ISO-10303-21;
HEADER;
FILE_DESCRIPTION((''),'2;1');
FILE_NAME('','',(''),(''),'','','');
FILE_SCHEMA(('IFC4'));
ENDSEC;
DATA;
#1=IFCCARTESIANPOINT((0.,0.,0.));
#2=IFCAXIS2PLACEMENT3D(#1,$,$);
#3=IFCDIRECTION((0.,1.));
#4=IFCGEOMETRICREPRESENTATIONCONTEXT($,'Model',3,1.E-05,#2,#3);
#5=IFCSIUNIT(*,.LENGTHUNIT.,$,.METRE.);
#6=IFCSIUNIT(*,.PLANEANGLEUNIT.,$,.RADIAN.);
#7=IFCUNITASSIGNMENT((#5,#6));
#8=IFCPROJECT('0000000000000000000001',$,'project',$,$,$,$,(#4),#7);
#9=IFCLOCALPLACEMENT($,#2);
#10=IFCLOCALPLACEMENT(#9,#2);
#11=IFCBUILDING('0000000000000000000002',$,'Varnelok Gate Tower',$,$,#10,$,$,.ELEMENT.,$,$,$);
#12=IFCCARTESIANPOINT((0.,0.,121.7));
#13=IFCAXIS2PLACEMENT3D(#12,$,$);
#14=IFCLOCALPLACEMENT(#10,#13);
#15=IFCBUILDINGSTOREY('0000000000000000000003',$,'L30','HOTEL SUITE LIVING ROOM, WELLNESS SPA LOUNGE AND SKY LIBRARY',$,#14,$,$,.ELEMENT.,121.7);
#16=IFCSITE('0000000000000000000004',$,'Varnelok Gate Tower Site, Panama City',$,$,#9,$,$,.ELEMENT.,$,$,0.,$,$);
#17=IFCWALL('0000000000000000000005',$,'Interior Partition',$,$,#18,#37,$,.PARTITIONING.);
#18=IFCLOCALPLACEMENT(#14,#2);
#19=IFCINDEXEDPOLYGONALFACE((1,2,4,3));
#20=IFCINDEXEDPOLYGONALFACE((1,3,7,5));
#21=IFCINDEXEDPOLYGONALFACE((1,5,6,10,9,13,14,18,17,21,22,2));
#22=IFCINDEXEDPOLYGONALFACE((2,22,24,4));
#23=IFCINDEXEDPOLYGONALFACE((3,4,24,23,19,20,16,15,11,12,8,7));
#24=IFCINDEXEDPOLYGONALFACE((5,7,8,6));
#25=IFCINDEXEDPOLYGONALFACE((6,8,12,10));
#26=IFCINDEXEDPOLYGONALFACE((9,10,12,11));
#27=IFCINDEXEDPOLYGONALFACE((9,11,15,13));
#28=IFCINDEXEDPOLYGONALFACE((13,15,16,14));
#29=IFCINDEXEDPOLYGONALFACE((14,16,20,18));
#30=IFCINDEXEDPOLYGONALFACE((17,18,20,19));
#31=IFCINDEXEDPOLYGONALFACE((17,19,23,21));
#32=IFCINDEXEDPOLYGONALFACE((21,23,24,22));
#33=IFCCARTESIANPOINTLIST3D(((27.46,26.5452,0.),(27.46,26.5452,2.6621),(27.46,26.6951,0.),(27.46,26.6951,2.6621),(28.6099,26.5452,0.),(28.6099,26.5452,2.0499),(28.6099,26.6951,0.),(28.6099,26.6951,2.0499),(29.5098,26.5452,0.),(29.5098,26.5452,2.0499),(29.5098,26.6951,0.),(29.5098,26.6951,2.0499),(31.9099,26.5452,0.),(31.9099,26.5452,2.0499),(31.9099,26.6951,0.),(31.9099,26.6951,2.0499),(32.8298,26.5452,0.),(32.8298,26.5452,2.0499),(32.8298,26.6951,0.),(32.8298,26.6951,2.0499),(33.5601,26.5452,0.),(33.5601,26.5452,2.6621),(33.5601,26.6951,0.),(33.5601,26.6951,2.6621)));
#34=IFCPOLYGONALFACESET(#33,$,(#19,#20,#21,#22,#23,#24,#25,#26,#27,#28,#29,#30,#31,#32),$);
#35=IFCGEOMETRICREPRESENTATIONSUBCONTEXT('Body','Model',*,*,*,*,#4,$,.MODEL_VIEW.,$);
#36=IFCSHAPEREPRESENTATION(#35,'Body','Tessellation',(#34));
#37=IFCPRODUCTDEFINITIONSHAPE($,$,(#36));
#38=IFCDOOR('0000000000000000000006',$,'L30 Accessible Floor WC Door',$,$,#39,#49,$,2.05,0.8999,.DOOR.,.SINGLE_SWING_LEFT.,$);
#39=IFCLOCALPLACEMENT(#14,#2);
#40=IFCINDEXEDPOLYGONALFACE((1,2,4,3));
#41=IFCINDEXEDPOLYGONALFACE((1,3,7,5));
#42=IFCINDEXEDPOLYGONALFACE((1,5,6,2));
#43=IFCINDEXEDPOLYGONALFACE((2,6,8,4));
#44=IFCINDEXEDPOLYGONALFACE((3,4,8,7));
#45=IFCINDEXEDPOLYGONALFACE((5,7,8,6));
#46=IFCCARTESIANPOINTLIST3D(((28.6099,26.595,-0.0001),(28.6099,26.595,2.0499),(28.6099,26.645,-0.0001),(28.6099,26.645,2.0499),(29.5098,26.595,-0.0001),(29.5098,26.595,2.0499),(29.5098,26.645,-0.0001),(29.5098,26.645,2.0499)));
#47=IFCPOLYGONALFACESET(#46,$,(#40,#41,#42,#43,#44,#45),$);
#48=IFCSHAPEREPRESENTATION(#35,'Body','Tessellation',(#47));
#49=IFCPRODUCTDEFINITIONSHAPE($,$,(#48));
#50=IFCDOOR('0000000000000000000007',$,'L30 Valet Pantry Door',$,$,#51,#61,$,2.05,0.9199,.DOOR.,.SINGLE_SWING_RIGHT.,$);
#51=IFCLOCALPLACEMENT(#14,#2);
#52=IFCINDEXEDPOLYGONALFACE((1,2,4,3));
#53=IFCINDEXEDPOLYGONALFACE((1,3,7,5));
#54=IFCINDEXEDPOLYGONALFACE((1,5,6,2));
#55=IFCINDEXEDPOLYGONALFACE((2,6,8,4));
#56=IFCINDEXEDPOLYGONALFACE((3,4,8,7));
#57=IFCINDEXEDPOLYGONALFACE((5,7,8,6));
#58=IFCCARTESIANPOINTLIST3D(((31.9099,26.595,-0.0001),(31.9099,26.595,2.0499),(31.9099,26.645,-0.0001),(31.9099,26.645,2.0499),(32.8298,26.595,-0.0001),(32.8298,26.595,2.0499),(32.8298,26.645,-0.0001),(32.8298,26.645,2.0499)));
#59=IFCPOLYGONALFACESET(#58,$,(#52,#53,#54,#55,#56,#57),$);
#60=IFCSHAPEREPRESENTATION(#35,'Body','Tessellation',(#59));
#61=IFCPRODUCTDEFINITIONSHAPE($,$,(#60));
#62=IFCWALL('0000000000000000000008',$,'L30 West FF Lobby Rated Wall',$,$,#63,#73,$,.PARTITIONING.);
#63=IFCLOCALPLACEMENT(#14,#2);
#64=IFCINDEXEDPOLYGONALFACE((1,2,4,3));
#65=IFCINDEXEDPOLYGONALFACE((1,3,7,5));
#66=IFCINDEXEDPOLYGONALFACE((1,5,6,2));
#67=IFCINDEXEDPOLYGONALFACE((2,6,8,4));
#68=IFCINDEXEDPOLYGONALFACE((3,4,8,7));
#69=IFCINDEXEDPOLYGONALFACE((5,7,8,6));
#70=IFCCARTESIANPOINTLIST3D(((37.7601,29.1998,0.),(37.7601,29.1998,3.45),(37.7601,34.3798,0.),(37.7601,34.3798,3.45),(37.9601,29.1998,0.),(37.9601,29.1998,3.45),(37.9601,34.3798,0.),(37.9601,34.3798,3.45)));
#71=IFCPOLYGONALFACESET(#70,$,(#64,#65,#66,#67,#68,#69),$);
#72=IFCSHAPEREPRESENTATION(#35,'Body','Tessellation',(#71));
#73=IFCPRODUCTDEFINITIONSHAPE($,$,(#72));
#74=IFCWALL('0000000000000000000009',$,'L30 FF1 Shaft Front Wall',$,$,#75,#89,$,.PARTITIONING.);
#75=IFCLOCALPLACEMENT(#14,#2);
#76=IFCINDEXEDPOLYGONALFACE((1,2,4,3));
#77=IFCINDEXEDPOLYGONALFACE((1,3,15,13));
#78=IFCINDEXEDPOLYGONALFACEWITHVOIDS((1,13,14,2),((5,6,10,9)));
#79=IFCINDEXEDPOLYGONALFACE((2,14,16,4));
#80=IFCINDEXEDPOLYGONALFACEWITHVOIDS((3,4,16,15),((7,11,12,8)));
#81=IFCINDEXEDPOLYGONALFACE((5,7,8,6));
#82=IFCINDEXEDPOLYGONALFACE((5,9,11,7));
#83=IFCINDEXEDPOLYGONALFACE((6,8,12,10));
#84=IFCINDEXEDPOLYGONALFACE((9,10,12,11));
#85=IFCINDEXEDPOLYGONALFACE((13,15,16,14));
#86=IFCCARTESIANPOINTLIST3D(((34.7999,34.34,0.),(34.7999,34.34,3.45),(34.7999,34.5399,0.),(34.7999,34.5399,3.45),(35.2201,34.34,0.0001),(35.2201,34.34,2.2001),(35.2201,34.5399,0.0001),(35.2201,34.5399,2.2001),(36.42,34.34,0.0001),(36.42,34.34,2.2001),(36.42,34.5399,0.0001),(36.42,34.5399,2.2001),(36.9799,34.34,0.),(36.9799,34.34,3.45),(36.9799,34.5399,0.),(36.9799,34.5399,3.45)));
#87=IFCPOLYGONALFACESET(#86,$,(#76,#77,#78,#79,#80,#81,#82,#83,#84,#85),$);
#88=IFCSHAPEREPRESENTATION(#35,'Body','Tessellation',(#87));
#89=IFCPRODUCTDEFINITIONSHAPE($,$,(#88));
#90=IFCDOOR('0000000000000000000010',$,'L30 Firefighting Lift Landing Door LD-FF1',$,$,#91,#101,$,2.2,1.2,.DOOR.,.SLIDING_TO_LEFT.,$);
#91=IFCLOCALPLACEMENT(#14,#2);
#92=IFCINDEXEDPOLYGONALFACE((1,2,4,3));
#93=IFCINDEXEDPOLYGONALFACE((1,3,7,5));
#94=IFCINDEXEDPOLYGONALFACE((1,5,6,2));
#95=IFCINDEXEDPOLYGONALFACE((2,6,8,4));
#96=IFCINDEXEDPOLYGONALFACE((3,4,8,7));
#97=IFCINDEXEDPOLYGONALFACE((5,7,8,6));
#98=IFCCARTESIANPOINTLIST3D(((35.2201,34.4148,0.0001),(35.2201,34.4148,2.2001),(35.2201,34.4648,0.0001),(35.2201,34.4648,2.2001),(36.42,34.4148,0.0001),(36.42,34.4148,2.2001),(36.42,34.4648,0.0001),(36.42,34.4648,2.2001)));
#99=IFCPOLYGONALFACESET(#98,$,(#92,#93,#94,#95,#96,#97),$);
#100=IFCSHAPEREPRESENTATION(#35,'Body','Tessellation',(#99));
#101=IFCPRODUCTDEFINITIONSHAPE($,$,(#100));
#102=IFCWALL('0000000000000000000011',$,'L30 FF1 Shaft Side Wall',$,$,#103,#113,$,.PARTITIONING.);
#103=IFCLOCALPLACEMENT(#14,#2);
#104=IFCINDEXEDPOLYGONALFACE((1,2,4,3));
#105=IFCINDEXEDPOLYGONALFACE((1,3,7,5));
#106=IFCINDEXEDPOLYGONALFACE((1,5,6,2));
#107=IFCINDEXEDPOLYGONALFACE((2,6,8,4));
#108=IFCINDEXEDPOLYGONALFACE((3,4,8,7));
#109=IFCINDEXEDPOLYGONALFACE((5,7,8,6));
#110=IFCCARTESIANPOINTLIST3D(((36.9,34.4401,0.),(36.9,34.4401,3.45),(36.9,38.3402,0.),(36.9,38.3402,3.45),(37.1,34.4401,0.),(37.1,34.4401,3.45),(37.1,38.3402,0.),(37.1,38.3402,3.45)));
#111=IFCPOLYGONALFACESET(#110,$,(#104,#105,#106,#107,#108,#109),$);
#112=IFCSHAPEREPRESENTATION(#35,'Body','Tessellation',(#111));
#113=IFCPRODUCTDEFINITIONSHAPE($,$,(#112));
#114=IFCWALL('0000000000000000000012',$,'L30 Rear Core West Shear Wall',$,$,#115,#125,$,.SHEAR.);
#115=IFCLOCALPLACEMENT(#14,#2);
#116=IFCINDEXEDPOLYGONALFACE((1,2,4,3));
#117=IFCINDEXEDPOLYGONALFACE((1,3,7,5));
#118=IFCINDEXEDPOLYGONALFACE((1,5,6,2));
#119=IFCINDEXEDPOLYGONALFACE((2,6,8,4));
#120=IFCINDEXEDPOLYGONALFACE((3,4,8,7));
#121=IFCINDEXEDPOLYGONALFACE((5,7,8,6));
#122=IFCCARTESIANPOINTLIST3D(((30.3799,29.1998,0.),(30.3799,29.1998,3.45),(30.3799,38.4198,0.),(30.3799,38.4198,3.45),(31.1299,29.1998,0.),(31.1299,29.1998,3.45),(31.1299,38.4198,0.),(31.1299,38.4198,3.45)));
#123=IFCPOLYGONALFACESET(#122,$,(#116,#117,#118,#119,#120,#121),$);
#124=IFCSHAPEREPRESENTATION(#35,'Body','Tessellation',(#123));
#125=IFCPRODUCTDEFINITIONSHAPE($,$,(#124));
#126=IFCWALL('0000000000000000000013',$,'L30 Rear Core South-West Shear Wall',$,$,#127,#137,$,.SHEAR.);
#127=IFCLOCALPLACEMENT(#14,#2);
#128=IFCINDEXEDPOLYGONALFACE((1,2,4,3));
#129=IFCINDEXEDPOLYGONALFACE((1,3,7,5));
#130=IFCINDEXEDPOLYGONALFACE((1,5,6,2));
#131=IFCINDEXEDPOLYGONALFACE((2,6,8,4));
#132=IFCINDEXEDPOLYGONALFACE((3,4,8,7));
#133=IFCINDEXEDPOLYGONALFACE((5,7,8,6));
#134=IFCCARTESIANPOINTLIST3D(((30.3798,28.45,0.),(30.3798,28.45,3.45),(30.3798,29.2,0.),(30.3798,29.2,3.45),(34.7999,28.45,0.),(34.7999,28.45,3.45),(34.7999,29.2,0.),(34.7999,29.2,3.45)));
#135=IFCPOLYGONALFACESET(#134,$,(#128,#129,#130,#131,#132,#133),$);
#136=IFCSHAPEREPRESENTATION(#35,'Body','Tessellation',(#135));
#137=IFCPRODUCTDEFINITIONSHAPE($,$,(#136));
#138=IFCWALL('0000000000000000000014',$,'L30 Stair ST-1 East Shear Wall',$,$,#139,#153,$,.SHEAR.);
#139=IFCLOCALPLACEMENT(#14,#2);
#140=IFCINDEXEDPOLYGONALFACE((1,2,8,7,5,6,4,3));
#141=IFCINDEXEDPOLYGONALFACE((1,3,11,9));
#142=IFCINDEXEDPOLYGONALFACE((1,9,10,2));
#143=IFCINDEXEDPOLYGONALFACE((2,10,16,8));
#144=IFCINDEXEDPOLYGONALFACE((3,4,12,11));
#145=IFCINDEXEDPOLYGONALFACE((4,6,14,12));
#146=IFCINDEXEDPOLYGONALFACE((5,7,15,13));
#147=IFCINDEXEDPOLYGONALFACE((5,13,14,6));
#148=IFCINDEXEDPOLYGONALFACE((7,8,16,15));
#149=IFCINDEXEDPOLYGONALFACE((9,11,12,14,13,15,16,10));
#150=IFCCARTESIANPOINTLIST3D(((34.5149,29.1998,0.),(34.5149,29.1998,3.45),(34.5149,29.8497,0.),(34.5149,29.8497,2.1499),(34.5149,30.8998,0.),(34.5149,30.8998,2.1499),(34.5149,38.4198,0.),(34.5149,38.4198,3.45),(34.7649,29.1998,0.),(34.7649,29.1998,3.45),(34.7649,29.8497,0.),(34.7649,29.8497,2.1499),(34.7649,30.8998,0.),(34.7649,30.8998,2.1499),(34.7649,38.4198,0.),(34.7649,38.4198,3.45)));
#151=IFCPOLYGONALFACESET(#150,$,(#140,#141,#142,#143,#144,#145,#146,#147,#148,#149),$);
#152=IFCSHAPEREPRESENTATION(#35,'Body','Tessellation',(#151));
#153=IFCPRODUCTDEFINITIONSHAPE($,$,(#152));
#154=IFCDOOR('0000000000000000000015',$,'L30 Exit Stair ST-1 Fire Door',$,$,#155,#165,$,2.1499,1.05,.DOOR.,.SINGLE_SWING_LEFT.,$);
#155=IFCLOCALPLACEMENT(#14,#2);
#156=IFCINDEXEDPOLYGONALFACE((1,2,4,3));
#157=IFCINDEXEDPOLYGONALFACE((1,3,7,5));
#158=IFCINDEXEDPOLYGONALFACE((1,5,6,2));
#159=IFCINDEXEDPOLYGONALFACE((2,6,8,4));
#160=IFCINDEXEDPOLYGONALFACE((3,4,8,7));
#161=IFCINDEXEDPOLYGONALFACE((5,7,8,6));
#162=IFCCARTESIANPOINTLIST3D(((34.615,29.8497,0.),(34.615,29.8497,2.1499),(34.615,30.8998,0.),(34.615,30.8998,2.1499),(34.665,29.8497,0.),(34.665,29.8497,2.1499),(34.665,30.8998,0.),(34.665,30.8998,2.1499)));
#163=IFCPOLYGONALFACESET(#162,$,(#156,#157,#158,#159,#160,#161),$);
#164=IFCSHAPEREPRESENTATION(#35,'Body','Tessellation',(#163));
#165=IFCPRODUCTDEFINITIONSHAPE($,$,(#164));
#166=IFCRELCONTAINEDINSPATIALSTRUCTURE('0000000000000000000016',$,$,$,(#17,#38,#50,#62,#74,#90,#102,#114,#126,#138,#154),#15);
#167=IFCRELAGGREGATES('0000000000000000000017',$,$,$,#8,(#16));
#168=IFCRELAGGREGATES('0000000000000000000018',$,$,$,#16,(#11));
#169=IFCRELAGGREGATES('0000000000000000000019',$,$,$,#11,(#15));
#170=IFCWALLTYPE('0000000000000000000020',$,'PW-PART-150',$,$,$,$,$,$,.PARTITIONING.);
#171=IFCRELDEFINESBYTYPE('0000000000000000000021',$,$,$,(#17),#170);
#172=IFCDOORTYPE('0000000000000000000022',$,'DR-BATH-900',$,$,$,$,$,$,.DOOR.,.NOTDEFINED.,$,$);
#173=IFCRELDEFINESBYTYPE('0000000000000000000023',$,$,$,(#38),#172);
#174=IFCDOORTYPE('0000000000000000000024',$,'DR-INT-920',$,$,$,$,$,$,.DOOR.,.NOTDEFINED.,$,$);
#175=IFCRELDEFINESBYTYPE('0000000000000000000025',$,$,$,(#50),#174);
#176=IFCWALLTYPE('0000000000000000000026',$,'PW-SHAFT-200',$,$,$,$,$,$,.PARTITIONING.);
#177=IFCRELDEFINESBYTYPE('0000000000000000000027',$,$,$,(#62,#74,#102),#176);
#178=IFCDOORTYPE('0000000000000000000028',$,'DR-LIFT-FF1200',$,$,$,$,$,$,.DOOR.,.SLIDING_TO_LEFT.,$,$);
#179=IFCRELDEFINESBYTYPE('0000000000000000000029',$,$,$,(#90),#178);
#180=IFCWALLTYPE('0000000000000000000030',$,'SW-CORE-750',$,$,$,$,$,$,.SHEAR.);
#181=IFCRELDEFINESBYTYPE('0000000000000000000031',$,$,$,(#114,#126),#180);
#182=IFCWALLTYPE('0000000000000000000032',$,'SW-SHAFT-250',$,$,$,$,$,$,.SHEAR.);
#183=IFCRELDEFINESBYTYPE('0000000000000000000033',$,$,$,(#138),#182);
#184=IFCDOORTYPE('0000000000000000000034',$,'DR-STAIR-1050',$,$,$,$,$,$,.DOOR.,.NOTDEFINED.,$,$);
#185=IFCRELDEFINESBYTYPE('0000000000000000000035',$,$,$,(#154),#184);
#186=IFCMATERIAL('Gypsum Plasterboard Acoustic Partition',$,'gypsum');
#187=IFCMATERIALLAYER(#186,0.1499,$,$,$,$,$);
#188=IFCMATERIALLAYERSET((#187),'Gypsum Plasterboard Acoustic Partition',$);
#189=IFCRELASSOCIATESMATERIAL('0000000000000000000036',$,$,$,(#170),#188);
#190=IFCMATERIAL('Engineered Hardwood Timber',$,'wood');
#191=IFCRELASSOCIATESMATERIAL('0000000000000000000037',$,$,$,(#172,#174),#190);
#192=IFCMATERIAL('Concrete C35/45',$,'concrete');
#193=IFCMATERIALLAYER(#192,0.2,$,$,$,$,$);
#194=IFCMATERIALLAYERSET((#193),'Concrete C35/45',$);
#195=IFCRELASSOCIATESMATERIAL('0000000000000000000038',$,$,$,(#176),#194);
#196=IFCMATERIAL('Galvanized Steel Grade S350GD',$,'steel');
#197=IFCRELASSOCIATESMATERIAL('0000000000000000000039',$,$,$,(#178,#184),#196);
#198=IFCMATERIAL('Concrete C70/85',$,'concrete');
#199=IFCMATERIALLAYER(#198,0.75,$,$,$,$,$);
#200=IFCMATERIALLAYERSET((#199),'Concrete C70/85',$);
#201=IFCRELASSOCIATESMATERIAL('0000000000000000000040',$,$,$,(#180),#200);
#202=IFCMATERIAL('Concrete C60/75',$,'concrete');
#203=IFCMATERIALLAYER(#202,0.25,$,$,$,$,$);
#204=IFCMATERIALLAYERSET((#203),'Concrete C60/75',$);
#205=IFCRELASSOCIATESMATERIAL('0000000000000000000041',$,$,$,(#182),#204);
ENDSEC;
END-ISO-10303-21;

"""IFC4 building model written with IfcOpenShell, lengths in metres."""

from ifc_helpers import new_model, si_unit, direction, frame, frame_2d, origin, place, context, subcontext, project, spatial, rectangle, extrude, material, layer, layer_set, type_object, element, fill, save


model = new_model("IFC4")

# Units and contexts
model_context = context("Model", 3, precision=1e-05, world=origin(), true_north=direction((0.0, 1.0)))
body_context = subcontext(model_context, "Body", "Model", "MODEL_VIEW")
ifc_project = project(units=[si_unit("LENGTHUNIT", "METRE"), si_unit("PLANEANGLEUNIT", "RADIAN")], contexts=[model_context])

# Site, building, storey
site_placement = place(None, origin())
site = spatial("IfcSite", under=ifc_project, at=site_placement, Name="Varnelok Gate Tower Site, Panama City", CompositionType="ELEMENT", RefElevation=0.0)
building_placement = place(site_placement, origin())
building = spatial("IfcBuilding", under=site, at=building_placement, Name="Varnelok Gate Tower", CompositionType="ELEMENT")
storey_placement = place(building_placement, frame((0.0, 0.0, 121.7)))
storey = spatial("IfcBuildingStorey", under=building, at=storey_placement, Name="L30", Description="HOTEL SUITE LIVING ROOM, WELLNESS SPA LOUNGE AND SKY LIBRARY", CompositionType="ELEMENT", Elevation=121.7)

# Shared definitions
ifc_material_1 = material(Name="Concrete C70/85", Category="concrete")

# Shared definitions
ifc_material_2 = material(Name="Concrete C60/75", Category="concrete")

# Wall, openings, doors
ifc_material_3 = material(Name="Gypsum Plasterboard Acoustic Partition", Category="gypsum")
ifc_layer_1 = layer(ifc_material_3, 0.1499)
ifc_layer_set_1 = layer_set([ifc_layer_1], Name="Gypsum Plasterboard Acoustic Partition")
wall_type_1 = type_object("IfcWallType", Name="PW-PART-150", PredefinedType="PARTITIONING", material=ifc_layer_set_1)
wall_1_placement = place(storey_placement, frame((27.46, 26.6201, 0.0), z_axis=(0.0, 0.0, 1.0), x_axis=(1.0, 0.0, 0.0)))
wall_1 = element("IfcWall", 1, at=wall_1_placement, inside=storey, type_object=wall_type_1, Name="Interior Partition", PredefinedType="PARTITIONING", context=body_context, shape_type="SweptSolid", body=[
    extrude(rectangle(XDim=6.1001, YDim=0.1499, at=frame_2d((3.05, 0.0))), origin(), (0.0, 0.0, 1.0), 2.6621),
])
opening_1_placement = place(wall_1_placement, frame((1.1499, 0.0, 0.0)))
opening_1 = element("IfcOpeningElement", 2, at=opening_1_placement, cuts=wall_1, PredefinedType="OPENING", context=body_context, shape_type="SweptSolid", body=[
    extrude(rectangle(XDim=0.8999, YDim=2.05, at=frame_2d((0.45, 1.0249))), frame((0.0, 0.085, 0.0), z_axis=(0.0, -1.0, 0.0), x_axis=(1.0, 0.0, 0.0)), (0.0, 0.0, 1.0), 0.1699),
])
opening_2_placement = place(wall_1_placement, frame((4.45, 0.0, 0.0)))
opening_2 = element("IfcOpeningElement", 3, at=opening_2_placement, cuts=wall_1, PredefinedType="OPENING", context=body_context, shape_type="SweptSolid", body=[
    extrude(rectangle(XDim=0.9199, YDim=2.05, at=frame_2d((0.46, 1.0249))), frame((0.0, 0.085, 0.0), z_axis=(0.0, -1.0, 0.0), x_axis=(1.0, 0.0, 0.0)), (0.0, 0.0, 1.0), 0.1699),
])
ifc_material_4 = material(Name="Engineered Hardwood Timber", Category="wood")
door_type_1 = type_object("IfcDoorType", Name="DR-BATH-900", OperationType="NOTDEFINED", PredefinedType="DOOR", material=ifc_material_4)
door_1_placement = place(opening_1_placement, origin())
door_1 = element("IfcDoor", 4, at=door_1_placement, inside=storey, type_object=door_type_1, Name="L30 Accessible Floor WC Door", OperationType="SINGLE_SWING_LEFT", OverallHeight=2.05, OverallWidth=0.8999, PredefinedType="DOOR", context=body_context, shape_type="SweptSolid", body=[
    extrude(rectangle(XDim=0.8999, YDim=2.05, at=frame_2d((0.45, 1.0249))), frame((0.0, 0.0249, 0.0), z_axis=(0.0, -1.0, 0.0), x_axis=(1.0, 0.0, 0.0)), (0.0, 0.0, 1.0), 0.05),
])
fill(opening_1, door_1)
door_type_2 = type_object("IfcDoorType", Name="DR-INT-920", OperationType="NOTDEFINED", PredefinedType="DOOR", material=ifc_material_4)
door_2_placement = place(opening_2_placement, origin())
door_2 = element("IfcDoor", 5, at=door_2_placement, inside=storey, type_object=door_type_2, Name="L30 Valet Pantry Door", OperationType="SINGLE_SWING_RIGHT", OverallHeight=2.05, OverallWidth=0.9199, PredefinedType="DOOR", context=body_context, shape_type="SweptSolid", body=[
    extrude(rectangle(XDim=0.9199, YDim=2.05, at=frame_2d((0.46, 1.0249))), frame((0.0, 0.0249, 0.0), z_axis=(0.0, -1.0, 0.0), x_axis=(1.0, 0.0, 0.0)), (0.0, 0.0, 1.0), 0.05),
])
fill(opening_2, door_2)

# Wall
ifc_material_5 = material(Name="Concrete C35/45", Category="concrete")
ifc_layer_2 = layer(ifc_material_5, 0.2)
ifc_layer_set_2 = layer_set([ifc_layer_2], Name="Concrete C35/45")
wall_type_2 = type_object("IfcWallType", Name="PW-SHAFT-200", PredefinedType="PARTITIONING", material=ifc_layer_set_2)
wall_2_placement = place(storey_placement, frame((37.8601, 29.2, 0.0), z_axis=(0.0, 0.0, 1.0), x_axis=(0.0, 1.0, 0.0)))
element("IfcWall", 6, at=wall_2_placement, inside=storey, type_object=wall_type_2, Name="L30 West FF Lobby Rated Wall", PredefinedType="PARTITIONING", context=body_context, shape_type="SweptSolid", body=[
    extrude(rectangle(XDim=5.1799, YDim=0.2, at=frame_2d((2.5898, 0.0))), origin(), (0.0, 0.0, 1.0), 3.45),
])

# Wall, opening, door
wall_3_placement = place(storey_placement, frame((34.8, 34.4399, 0.0), z_axis=(0.0, 0.0, 1.0), x_axis=(1.0, 0.0, 0.0)))
wall_3 = element("IfcWall", 7, at=wall_3_placement, inside=storey, type_object=wall_type_2, Name="L30 FF1 Shaft Front Wall", PredefinedType="PARTITIONING", context=body_context, shape_type="SweptSolid", body=[
    extrude(rectangle(XDim=2.1799, YDim=0.2, at=frame_2d((1.0898, 0.0))), origin(), (0.0, 0.0, 1.0), 3.45),
])
opening_3_placement = place(wall_3_placement, frame((0.4199, 0.0, 0.0)))
opening_3 = element("IfcOpeningElement", 8, at=opening_3_placement, cuts=wall_3, PredefinedType="OPENING", context=body_context, shape_type="SweptSolid", body=[
    extrude(rectangle(XDim=1.2, YDim=2.2, at=frame_2d((0.6001, 1.1001))), frame((0.0, 0.1099, 0.0), z_axis=(0.0, -1.0, 0.0), x_axis=(1.0, 0.0, 0.0)), (0.0, 0.0, 1.0), 0.22),
])
ifc_material_6 = material(Name="Galvanized Steel Grade S350GD", Category="steel")
door_type_3 = type_object("IfcDoorType", Name="DR-LIFT-FF1200", OperationType="SLIDING_TO_LEFT", PredefinedType="DOOR", material=ifc_material_6)
door_3_placement = place(opening_3_placement, origin())
door_3 = element("IfcDoor", 9, at=door_3_placement, inside=storey, type_object=door_type_3, Name="L30 Firefighting Lift Landing Door LD-FF1", OperationType="SLIDING_TO_LEFT", OverallHeight=2.2, OverallWidth=1.2, PredefinedType="DOOR", context=body_context, shape_type="SweptSolid", body=[
    extrude(rectangle(XDim=1.2, YDim=2.2, at=frame_2d((0.6001, 1.1001))), frame((0.0, 0.0249, 0.0), z_axis=(0.0, -1.0, 0.0), x_axis=(1.0, 0.0, 0.0)), (0.0, 0.0, 1.0), 0.05),
])
fill(opening_3, door_3)

# Walls
wall_4_placement = place(storey_placement, frame((37.0, 34.4399, 0.0), z_axis=(0.0, 0.0, 1.0), x_axis=(0.0, 1.0, 0.0)))
element("IfcWall", 10, at=wall_4_placement, inside=storey, type_object=wall_type_2, Name="L30 FF1 Shaft Side Wall", PredefinedType="PARTITIONING", context=body_context, shape_type="SweptSolid", body=[
    extrude(rectangle(XDim=3.9001, YDim=0.2, at=frame_2d((1.9502, 0.0))), origin(), (0.0, 0.0, 1.0), 3.45),
])
ifc_layer_3 = layer(ifc_material_1, 0.75)
ifc_layer_set_3 = layer_set([ifc_layer_3], Name="Concrete C70/85")
wall_type_3 = type_object("IfcWallType", Name="SW-CORE-750", PredefinedType="SHEAR", material=ifc_layer_set_3)
wall_5_placement = place(storey_placement, frame((30.7549, 29.2, 0.0), z_axis=(0.0, 0.0, 1.0), x_axis=(0.0, 1.0, 0.0)))
element("IfcWall", 11, at=wall_5_placement, inside=storey, type_object=wall_type_3, Name="L30 Rear Core West Shear Wall", PredefinedType="SHEAR", context=body_context, shape_type="SweptSolid", body=[
    extrude(rectangle(XDim=9.22, YDim=0.75, at=frame_2d((4.6099, 0.0))), origin(), (0.0, 0.0, 1.0), 3.45),
])
wall_6_placement = place(storey_placement, frame((30.3799, 28.825, 0.0), z_axis=(0.0, 0.0, 1.0), x_axis=(1.0, 0.0, 0.0)))
element("IfcWall", 12, at=wall_6_placement, inside=storey, type_object=wall_type_3, Name="L30 Rear Core South-West Shear Wall", PredefinedType="SHEAR", context=body_context, shape_type="SweptSolid", body=[
    extrude(rectangle(XDim=4.4202, YDim=0.75, at=frame_2d((2.21, 0.0))), origin(), (0.0, 0.0, 1.0), 3.45),
])

# Wall, opening, door
ifc_layer_4 = layer(ifc_material_2, 0.25)
ifc_layer_set_4 = layer_set([ifc_layer_4], Name="Concrete C60/75")
wall_type_4 = type_object("IfcWallType", Name="SW-SHAFT-250", PredefinedType="SHEAR", material=ifc_layer_set_4)
wall_7_placement = place(storey_placement, frame((34.6399, 29.2, 0.0), z_axis=(0.0, 0.0, 1.0), x_axis=(0.0, 1.0, 0.0)))
wall_7 = element("IfcWall", 13, at=wall_7_placement, inside=storey, type_object=wall_type_4, Name="L30 Stair ST-1 East Shear Wall", PredefinedType="SHEAR", context=body_context, shape_type="SweptSolid", body=[
    extrude(rectangle(XDim=9.22, YDim=0.25, at=frame_2d((4.6099, 0.0))), origin(), (0.0, 0.0, 1.0), 3.45),
])
opening_4_placement = place(wall_7_placement, frame((0.6499, 0.0, 0.0)))
opening_4 = element("IfcOpeningElement", 14, at=opening_4_placement, cuts=wall_7, PredefinedType="OPENING", context=body_context, shape_type="SweptSolid", body=[
    extrude(rectangle(XDim=1.05, YDim=2.1499, at=frame_2d((0.5249, 1.075))), frame((0.0, 0.135, 0.0), z_axis=(0.0, -1.0, 0.0), x_axis=(1.0, 0.0, 0.0)), (0.0, 0.0, 1.0), 0.27),
])
door_type_4 = type_object("IfcDoorType", Name="DR-STAIR-1050", OperationType="NOTDEFINED", PredefinedType="DOOR", material=ifc_material_6)
door_4_placement = place(opening_4_placement, origin())
door_4 = element("IfcDoor", 15, at=door_4_placement, inside=storey, type_object=door_type_4, Name="L30 Exit Stair ST-1 Fire Door", OperationType="SINGLE_SWING_LEFT", OverallHeight=2.1499, OverallWidth=1.05, PredefinedType="DOOR", context=body_context, shape_type="SweptSolid", body=[
    extrude(rectangle(XDim=1.05, YDim=2.1499, at=frame_2d((0.5249, 1.075))), frame((0.0, 0.0249, 0.0), z_axis=(0.0, -1.0, 0.0), x_axis=(1.0, 0.0, 0.0)), (0.0, 0.0, 1.0), 0.05),
])
fill(opening_4, door_4)

save(model, "model.ifc")
